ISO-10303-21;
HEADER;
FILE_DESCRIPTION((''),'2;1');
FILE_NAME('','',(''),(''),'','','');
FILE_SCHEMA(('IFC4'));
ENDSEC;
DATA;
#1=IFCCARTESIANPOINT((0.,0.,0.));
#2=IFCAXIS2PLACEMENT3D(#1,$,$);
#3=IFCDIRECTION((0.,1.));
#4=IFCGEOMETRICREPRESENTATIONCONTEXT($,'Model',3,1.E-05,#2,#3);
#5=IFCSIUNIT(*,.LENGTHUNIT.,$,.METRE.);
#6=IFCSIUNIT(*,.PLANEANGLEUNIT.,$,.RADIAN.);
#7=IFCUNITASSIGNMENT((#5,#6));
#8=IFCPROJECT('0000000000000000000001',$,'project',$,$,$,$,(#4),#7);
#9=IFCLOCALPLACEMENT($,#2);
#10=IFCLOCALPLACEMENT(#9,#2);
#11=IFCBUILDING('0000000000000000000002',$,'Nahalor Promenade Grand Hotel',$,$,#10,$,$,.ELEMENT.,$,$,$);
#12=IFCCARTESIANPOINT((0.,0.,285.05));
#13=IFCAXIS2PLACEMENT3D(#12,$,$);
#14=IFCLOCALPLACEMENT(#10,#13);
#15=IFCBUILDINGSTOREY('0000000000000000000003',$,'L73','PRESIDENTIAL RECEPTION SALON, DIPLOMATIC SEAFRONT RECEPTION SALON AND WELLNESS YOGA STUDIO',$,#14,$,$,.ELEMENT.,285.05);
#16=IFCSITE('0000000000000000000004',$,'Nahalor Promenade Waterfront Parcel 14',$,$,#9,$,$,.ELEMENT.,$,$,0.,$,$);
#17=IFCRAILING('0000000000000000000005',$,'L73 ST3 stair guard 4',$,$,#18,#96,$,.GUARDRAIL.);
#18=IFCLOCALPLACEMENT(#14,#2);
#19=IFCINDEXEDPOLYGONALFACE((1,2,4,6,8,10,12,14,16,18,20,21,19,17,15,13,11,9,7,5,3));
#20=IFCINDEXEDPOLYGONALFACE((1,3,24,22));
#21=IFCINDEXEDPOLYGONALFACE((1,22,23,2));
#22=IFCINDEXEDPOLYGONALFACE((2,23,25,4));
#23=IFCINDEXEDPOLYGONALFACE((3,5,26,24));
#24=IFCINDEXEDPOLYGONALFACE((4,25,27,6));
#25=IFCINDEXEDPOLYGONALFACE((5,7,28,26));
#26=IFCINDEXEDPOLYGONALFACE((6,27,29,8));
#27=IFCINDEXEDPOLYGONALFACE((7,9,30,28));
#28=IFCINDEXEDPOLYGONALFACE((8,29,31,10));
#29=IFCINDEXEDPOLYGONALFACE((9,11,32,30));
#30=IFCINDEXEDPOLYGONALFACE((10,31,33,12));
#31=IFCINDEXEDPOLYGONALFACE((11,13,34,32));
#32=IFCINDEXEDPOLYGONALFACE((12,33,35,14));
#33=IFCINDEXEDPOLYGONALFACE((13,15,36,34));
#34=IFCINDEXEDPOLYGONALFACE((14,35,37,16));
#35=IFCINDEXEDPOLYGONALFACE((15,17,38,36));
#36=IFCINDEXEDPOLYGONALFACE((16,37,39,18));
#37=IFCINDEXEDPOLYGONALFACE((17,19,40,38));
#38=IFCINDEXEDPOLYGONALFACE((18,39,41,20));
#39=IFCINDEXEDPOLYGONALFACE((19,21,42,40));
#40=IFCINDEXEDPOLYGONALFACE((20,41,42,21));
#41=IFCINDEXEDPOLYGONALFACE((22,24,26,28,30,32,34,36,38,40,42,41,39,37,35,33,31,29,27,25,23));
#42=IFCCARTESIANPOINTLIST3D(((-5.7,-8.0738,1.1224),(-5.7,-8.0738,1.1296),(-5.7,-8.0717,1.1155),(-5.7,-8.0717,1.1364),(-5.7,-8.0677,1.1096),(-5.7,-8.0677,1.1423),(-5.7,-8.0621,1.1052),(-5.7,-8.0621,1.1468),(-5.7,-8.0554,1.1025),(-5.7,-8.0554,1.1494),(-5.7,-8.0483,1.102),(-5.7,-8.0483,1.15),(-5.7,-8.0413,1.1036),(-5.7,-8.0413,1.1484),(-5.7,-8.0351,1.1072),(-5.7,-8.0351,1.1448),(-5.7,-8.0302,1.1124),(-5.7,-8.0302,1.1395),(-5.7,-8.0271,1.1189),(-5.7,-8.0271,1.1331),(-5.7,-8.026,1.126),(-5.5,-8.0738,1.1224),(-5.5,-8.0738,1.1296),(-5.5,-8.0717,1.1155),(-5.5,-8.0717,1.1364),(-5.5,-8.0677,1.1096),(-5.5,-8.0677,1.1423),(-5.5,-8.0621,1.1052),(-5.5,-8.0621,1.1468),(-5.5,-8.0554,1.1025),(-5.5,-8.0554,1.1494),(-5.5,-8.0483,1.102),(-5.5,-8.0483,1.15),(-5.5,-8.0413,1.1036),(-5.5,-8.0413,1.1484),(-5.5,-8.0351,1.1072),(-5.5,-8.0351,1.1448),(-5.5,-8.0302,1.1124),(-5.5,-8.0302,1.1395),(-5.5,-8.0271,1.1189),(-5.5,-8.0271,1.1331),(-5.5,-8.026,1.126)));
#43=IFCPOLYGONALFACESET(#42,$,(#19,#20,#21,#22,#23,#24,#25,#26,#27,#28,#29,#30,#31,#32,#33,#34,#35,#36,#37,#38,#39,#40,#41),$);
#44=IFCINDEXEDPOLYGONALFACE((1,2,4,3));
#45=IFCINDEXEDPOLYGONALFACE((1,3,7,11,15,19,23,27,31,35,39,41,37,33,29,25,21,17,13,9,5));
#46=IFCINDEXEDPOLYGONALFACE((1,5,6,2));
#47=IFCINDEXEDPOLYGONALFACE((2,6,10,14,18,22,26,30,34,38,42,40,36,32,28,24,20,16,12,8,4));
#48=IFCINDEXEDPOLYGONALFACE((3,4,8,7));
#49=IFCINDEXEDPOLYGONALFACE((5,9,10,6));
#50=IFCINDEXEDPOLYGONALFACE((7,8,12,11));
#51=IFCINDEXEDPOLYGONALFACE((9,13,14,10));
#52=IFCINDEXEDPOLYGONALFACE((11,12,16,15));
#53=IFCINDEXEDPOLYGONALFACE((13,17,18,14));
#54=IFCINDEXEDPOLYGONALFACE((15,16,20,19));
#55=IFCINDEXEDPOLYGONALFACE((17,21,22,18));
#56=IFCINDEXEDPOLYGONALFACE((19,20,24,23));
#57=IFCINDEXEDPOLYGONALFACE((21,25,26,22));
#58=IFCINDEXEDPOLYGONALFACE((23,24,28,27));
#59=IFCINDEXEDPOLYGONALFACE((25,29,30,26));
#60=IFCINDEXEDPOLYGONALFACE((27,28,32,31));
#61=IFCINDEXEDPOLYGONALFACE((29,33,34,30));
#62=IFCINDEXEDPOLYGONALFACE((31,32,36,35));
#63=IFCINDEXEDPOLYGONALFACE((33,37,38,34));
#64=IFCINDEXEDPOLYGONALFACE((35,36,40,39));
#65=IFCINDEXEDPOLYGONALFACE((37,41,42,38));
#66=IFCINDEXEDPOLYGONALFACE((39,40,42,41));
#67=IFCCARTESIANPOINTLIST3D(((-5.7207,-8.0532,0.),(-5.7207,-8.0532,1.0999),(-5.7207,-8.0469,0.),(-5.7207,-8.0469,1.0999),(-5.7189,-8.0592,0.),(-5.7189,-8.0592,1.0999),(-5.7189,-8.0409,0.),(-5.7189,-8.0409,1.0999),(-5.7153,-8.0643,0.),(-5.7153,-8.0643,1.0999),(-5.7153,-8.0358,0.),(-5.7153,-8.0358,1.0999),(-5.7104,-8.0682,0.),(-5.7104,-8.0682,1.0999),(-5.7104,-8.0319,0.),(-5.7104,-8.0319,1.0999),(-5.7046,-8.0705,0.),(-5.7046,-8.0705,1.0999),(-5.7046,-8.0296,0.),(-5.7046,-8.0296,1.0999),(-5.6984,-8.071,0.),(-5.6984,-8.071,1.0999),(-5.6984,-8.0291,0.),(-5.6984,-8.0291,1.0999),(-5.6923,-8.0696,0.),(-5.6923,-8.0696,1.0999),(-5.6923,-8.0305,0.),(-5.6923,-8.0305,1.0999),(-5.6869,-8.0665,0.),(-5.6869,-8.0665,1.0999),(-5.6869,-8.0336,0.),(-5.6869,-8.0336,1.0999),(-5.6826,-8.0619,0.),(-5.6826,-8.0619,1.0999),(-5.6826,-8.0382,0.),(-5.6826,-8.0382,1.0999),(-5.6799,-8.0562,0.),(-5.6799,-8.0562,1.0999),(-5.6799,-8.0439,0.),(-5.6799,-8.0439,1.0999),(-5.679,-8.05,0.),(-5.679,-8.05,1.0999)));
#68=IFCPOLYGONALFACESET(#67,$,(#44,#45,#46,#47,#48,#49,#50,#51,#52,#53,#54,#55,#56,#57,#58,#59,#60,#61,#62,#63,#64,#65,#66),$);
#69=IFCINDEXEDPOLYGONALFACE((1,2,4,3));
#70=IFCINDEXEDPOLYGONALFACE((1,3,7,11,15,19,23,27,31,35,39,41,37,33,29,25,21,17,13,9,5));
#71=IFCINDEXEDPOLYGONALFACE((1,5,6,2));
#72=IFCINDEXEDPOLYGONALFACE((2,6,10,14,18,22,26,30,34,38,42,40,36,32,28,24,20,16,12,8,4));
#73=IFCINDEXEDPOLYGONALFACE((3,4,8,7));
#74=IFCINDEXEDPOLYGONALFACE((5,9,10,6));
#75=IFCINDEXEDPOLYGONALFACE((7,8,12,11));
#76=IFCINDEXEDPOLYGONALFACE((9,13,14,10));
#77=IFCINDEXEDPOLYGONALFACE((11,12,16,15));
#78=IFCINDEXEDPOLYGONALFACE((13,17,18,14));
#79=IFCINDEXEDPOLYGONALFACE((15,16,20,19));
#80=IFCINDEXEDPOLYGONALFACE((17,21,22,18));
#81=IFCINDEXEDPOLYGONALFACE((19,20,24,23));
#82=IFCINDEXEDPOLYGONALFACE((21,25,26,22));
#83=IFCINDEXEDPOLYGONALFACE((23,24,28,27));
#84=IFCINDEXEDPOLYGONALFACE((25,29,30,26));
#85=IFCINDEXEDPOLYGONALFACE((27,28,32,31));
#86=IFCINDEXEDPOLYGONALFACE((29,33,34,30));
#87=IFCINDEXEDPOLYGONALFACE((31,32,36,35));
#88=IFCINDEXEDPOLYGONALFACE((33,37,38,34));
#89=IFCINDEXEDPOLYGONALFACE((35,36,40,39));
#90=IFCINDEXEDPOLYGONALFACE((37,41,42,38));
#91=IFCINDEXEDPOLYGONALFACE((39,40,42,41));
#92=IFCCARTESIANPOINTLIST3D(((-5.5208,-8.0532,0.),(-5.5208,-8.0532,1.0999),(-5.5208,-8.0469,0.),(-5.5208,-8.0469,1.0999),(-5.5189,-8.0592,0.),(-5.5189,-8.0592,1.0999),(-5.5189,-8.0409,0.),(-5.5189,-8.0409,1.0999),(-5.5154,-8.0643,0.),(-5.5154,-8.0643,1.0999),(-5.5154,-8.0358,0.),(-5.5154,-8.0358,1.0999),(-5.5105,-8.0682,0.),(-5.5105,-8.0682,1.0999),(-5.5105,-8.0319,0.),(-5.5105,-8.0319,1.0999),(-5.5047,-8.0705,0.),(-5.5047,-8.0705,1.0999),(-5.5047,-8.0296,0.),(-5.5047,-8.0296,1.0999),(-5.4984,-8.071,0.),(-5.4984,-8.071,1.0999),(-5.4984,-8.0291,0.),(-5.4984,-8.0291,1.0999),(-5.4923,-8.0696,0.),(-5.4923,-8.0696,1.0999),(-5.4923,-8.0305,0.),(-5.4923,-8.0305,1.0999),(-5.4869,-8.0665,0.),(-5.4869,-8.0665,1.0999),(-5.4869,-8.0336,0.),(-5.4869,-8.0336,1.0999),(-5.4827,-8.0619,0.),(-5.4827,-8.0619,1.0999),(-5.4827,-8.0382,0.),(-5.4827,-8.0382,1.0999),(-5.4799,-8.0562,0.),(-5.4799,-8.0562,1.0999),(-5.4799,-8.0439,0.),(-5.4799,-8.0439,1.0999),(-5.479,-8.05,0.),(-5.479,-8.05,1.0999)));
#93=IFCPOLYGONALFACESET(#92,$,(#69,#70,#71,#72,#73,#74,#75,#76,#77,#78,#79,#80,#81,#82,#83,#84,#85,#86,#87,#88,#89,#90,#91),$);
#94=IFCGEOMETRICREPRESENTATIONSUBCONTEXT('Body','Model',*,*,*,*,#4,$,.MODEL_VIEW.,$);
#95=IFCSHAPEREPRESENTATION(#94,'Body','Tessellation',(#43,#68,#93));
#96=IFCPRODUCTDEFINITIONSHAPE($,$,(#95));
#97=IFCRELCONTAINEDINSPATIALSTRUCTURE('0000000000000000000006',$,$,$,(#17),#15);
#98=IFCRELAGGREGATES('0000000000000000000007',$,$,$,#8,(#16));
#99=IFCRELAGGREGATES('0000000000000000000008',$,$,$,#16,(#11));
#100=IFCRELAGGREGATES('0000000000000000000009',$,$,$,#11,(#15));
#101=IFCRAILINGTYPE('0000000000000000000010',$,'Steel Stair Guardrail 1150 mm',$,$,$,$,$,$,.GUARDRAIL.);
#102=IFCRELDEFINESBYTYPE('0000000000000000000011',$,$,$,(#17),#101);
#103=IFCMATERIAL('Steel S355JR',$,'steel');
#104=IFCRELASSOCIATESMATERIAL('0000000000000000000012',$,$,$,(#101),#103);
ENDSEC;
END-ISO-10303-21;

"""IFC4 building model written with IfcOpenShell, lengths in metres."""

from ifc_helpers import new_model, si_unit, direction, frame, origin, origin_2d, place, context, subcontext, project, spatial, circle, extrude, material, type_object, element, save


model = new_model("IFC4")

# Units and contexts
model_context = context("Model", 3, precision=1e-05, world=origin(), true_north=direction((0.0, 1.0)))
body_context = subcontext(model_context, "Body", "Model", "MODEL_VIEW")
ifc_project = project(units=[si_unit("LENGTHUNIT", "METRE"), si_unit("PLANEANGLEUNIT", "RADIAN")], contexts=[model_context])

# Site, building, storey
site_placement = place(None, origin())
site = spatial("IfcSite", under=ifc_project, at=site_placement, Name="Nahalor Promenade Waterfront Parcel 14", CompositionType="ELEMENT", RefElevation=0.0)
building_placement = place(site_placement, origin())
building = spatial("IfcBuilding", under=site, at=building_placement, Name="Nahalor Promenade Grand Hotel", CompositionType="ELEMENT")
storey_placement = place(building_placement, frame((0.0, 0.0, 285.05)))
storey = spatial("IfcBuildingStorey", under=building, at=storey_placement, Name="L73", Description="PRESIDENTIAL RECEPTION SALON, DIPLOMATIC SEAFRONT RECEPTION SALON AND WELLNESS YOGA STUDIO", CompositionType="ELEMENT", Elevation=285.05)

# Shared definitions
ifc_material_1 = material(Name="Steel S355JR", Category="steel")

# Railing
railing_type_1 = type_object("IfcRailingType", Name="Steel Stair Guardrail 1150 mm", PredefinedType="GUARDRAIL", material=ifc_material_1)
railing_1_placement = place(storey_placement, frame((-5.7, -8.05, 0.0)))
element("IfcRailing", 1, at=railing_1_placement, inside=storey, type_object=railing_type_1, Name="L73 ST3 stair guard 4", PredefinedType="GUARDRAIL", context=body_context, shape_type="SweptSolid", body=[
    extrude(circle(Radius=0.024, at=origin_2d()), frame((0.0, 0.0, 1.126), z_axis=(1.0, 0.0, 0.0), x_axis=(0.0, 1.0, 0.0)), (0.0, 0.0, 1.0), 0.2),
    extrude(circle(Radius=0.021, at=origin_2d()), origin(), (0.0, 0.0, 1.0), 1.0999),
    extrude(circle(Radius=0.021, at=origin_2d()), frame((0.2, 0.0, 0.0)), (0.0, 0.0, 1.0), 1.0999),
])

save(model, "model.ifc")
